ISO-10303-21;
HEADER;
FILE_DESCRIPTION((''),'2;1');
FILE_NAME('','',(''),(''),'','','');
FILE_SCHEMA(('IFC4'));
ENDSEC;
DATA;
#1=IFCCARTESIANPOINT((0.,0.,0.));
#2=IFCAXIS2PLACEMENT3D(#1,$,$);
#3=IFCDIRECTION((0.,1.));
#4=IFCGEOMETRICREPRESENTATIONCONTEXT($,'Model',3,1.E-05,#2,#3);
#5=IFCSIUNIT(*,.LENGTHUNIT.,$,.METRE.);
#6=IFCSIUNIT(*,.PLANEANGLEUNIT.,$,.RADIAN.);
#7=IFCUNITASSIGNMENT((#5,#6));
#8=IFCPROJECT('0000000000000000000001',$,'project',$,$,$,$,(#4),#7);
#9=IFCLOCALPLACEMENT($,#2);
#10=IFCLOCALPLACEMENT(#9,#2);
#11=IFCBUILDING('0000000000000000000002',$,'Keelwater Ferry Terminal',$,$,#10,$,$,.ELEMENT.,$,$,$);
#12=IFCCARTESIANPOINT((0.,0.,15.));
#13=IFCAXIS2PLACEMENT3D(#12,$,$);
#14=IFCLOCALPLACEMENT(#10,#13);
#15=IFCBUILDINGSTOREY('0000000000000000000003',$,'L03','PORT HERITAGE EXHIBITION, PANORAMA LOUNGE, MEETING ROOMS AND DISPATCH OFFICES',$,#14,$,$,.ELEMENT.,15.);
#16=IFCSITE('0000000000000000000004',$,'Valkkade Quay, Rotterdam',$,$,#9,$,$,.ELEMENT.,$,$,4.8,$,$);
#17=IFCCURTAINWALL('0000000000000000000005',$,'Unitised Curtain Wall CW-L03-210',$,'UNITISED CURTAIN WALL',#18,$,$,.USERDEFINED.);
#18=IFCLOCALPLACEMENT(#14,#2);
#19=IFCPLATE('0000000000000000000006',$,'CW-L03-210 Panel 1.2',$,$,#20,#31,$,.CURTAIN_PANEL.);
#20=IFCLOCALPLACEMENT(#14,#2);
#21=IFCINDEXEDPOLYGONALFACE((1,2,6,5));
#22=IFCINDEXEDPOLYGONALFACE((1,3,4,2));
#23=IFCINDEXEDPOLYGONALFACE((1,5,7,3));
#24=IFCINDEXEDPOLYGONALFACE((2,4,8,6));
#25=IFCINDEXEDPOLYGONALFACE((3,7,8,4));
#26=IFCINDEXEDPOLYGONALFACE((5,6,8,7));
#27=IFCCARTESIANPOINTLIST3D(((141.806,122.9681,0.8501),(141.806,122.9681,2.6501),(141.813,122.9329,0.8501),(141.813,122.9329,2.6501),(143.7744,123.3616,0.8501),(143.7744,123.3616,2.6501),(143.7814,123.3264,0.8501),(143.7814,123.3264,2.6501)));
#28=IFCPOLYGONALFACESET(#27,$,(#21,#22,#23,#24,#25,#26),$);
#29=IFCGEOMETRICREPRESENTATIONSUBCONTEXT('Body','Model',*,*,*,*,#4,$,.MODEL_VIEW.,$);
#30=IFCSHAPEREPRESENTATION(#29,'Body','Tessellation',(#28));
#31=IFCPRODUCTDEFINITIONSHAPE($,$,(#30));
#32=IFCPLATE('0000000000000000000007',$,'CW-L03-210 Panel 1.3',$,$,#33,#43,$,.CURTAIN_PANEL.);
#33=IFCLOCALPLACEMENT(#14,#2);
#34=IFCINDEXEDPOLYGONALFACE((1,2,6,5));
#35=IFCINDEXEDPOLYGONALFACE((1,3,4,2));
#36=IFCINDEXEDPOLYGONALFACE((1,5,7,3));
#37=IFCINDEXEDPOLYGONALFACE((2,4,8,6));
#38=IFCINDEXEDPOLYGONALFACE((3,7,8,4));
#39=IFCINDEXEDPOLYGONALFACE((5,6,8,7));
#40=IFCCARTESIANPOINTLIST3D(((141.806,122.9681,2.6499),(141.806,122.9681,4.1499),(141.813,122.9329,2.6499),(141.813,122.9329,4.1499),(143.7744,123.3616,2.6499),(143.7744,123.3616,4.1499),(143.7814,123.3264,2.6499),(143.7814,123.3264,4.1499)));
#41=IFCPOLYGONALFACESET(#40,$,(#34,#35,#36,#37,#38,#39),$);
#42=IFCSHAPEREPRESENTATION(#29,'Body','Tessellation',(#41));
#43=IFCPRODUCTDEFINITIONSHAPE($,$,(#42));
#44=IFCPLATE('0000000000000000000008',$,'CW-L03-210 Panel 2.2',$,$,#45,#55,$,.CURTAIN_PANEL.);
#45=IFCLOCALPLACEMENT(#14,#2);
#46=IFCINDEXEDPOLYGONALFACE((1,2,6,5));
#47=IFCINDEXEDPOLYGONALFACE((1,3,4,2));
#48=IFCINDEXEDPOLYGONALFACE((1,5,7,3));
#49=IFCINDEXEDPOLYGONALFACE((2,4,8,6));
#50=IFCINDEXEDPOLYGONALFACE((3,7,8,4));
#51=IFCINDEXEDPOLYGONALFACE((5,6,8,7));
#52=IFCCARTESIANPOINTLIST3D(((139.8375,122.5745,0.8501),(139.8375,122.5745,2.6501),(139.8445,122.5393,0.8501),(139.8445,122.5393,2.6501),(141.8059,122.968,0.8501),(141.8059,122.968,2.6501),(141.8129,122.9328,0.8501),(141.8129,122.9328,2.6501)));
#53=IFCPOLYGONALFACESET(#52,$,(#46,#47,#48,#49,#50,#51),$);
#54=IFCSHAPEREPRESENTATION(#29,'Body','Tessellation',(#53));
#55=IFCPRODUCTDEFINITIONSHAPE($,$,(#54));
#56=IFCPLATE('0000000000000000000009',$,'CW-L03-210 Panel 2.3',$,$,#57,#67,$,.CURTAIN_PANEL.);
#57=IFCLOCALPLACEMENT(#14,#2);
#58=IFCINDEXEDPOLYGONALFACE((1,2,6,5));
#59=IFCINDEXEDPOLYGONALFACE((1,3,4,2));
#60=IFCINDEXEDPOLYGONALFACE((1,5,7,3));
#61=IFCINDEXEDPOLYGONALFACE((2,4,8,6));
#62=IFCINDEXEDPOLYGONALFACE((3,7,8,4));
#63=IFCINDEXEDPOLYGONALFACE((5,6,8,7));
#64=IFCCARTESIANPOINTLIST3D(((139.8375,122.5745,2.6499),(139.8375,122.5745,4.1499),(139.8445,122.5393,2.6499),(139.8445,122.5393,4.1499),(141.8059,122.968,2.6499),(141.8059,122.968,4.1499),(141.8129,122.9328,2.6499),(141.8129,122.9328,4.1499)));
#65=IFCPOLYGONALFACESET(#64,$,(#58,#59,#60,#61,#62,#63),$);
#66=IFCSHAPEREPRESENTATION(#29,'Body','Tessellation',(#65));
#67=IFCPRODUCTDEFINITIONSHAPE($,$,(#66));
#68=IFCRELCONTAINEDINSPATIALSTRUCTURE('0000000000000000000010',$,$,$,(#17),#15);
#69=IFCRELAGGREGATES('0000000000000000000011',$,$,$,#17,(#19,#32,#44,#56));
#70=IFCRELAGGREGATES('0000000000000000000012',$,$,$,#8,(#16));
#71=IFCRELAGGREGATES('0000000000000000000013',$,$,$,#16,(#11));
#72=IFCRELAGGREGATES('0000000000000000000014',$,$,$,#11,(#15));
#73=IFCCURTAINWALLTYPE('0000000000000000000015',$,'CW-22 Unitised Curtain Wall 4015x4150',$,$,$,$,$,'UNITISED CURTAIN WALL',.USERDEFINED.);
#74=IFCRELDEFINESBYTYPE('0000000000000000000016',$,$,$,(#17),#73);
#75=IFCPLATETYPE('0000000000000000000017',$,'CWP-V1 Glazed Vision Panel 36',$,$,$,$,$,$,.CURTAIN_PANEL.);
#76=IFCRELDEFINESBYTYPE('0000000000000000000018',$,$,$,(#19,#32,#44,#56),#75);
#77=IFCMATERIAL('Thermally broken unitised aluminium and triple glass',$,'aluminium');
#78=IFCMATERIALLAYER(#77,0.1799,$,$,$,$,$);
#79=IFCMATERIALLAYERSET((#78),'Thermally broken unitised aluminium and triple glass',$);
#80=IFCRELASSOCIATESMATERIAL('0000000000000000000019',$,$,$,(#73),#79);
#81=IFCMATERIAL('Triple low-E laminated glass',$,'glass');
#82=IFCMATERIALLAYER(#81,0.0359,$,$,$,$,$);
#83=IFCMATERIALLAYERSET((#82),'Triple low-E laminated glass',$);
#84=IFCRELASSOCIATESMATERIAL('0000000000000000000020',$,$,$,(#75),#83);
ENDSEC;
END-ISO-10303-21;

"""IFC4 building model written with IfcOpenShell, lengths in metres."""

from ifc_helpers import new_model, si_unit, direction, frame, origin, origin_2d, place, context, subcontext, project, spatial, rectangle, extrude, material, layer, layer_set, type_object, element, aggregate, save


model = new_model("IFC4")

# Units and contexts
model_context = context("Model", 3, precision=1e-05, world=origin(), true_north=direction((0.0, 1.0)))
body_context = subcontext(model_context, "Body", "Model", "MODEL_VIEW")
ifc_project = project(units=[si_unit("LENGTHUNIT", "METRE"), si_unit("PLANEANGLEUNIT", "RADIAN")], contexts=[model_context])

# Site, building, storey
site_placement = place(None, origin())
site = spatial("IfcSite", under=ifc_project, at=site_placement, Name="Valkkade Quay, Rotterdam", CompositionType="ELEMENT", RefElevation=4.8)
building_placement = place(site_placement, origin())
building = spatial("IfcBuilding", under=site, at=building_placement, Name="Keelwater Ferry Terminal", CompositionType="ELEMENT")
storey_placement = place(building_placement, frame((0.0, 0.0, 15.0)))
storey = spatial("IfcBuildingStorey", under=building, at=storey_placement, Name="L03", Description="PORT HERITAGE EXHIBITION, PANORAMA LOUNGE, MEETING ROOMS AND DISPATCH OFFICES", CompositionType="ELEMENT", Elevation=15.0)

# Shared definitions
ifc_material_1 = material(Name="Thermally broken unitised aluminium and triple glass", Category="aluminium")
ifc_layer_1 = layer(ifc_material_1, 0.1799)
ifc_layer_set_1 = layer_set([ifc_layer_1], Name="Thermally broken unitised aluminium and triple glass")
curtain_wall_type = type_object("IfcCurtainWallType", Name="CW-22 Unitised Curtain Wall 4015x4150", ElementType="UNITISED CURTAIN WALL", PredefinedType="USERDEFINED", material=ifc_layer_set_1)

# Curtain wall
curtain_wall_1_placement = place(storey_placement, origin())
curtain_wall_1 = element("IfcCurtainWall", 1, at=curtain_wall_1_placement, inside=storey, type_object=curtain_wall_type, Name="Unitised Curtain Wall CW-L03-210", ObjectType="UNITISED CURTAIN WALL", PredefinedType="USERDEFINED")

# Plates
ifc_material_2 = material(Name="Triple low-E laminated glass", Category="glass")
ifc_layer_2 = layer(ifc_material_2, 0.0359)
ifc_layer_set_2 = layer_set([ifc_layer_2], Name="Triple low-E laminated glass")
plate_type_1 = type_object("IfcPlateType", Name="CWP-V1 Glazed Vision Panel 36", PredefinedType="CURTAIN_PANEL", material=ifc_layer_set_2)
plate_1_placement = place(storey_placement, frame((142.7937, 123.1472, 0.8501), z_axis=(0.0, 0.0, 1.0), x_axis=(-0.9806, -0.19602, 0.0)))
plate_1 = element("IfcPlate", 2, at=plate_1_placement, type_object=plate_type_1, Name="CW-L03-210 Panel 1.2", PredefinedType="CURTAIN_PANEL", context=body_context, shape_type="SweptSolid", body=[
    extrude(rectangle(XDim=2.0073, YDim=0.0359, at=origin_2d()), origin(), (0.0, 0.0, 1.0), 1.8),
])
plate_2_placement = place(storey_placement, frame((142.7937, 123.1472, 2.6499), z_axis=(0.0, 0.0, 1.0), x_axis=(-0.9806, -0.19602, 0.0)))
plate_2 = element("IfcPlate", 3, at=plate_2_placement, type_object=plate_type_1, Name="CW-L03-210 Panel 1.3", PredefinedType="CURTAIN_PANEL", context=body_context, shape_type="SweptSolid", body=[
    extrude(rectangle(XDim=2.0073, YDim=0.0359, at=origin_2d()), origin(), (0.0, 0.0, 1.0), 1.5),
])
plate_3_placement = place(storey_placement, frame((140.8252, 122.7537, 0.8501), z_axis=(0.0, 0.0, 1.0), x_axis=(-0.9806, -0.19602, 0.0)))
plate_3 = element("IfcPlate", 4, at=plate_3_placement, type_object=plate_type_1, Name="CW-L03-210 Panel 2.2", PredefinedType="CURTAIN_PANEL", context=body_context, shape_type="SweptSolid", body=[
    extrude(rectangle(XDim=2.0073, YDim=0.0359, at=origin_2d()), origin(), (0.0, 0.0, 1.0), 1.8),
])
plate_4_placement = place(storey_placement, frame((140.8252, 122.7537, 2.6499), z_axis=(0.0, 0.0, 1.0), x_axis=(-0.9806, -0.19602, 0.0)))
plate_4 = element("IfcPlate", 5, at=plate_4_placement, type_object=plate_type_1, Name="CW-L03-210 Panel 2.3", PredefinedType="CURTAIN_PANEL", context=body_context, shape_type="SweptSolid", body=[
    extrude(rectangle(XDim=2.0073, YDim=0.0359, at=origin_2d()), origin(), (0.0, 0.0, 1.0), 1.5),
])
aggregate(curtain_wall_1, [plate_1, plate_2, plate_3, plate_4])

save(model, "model.ifc")
